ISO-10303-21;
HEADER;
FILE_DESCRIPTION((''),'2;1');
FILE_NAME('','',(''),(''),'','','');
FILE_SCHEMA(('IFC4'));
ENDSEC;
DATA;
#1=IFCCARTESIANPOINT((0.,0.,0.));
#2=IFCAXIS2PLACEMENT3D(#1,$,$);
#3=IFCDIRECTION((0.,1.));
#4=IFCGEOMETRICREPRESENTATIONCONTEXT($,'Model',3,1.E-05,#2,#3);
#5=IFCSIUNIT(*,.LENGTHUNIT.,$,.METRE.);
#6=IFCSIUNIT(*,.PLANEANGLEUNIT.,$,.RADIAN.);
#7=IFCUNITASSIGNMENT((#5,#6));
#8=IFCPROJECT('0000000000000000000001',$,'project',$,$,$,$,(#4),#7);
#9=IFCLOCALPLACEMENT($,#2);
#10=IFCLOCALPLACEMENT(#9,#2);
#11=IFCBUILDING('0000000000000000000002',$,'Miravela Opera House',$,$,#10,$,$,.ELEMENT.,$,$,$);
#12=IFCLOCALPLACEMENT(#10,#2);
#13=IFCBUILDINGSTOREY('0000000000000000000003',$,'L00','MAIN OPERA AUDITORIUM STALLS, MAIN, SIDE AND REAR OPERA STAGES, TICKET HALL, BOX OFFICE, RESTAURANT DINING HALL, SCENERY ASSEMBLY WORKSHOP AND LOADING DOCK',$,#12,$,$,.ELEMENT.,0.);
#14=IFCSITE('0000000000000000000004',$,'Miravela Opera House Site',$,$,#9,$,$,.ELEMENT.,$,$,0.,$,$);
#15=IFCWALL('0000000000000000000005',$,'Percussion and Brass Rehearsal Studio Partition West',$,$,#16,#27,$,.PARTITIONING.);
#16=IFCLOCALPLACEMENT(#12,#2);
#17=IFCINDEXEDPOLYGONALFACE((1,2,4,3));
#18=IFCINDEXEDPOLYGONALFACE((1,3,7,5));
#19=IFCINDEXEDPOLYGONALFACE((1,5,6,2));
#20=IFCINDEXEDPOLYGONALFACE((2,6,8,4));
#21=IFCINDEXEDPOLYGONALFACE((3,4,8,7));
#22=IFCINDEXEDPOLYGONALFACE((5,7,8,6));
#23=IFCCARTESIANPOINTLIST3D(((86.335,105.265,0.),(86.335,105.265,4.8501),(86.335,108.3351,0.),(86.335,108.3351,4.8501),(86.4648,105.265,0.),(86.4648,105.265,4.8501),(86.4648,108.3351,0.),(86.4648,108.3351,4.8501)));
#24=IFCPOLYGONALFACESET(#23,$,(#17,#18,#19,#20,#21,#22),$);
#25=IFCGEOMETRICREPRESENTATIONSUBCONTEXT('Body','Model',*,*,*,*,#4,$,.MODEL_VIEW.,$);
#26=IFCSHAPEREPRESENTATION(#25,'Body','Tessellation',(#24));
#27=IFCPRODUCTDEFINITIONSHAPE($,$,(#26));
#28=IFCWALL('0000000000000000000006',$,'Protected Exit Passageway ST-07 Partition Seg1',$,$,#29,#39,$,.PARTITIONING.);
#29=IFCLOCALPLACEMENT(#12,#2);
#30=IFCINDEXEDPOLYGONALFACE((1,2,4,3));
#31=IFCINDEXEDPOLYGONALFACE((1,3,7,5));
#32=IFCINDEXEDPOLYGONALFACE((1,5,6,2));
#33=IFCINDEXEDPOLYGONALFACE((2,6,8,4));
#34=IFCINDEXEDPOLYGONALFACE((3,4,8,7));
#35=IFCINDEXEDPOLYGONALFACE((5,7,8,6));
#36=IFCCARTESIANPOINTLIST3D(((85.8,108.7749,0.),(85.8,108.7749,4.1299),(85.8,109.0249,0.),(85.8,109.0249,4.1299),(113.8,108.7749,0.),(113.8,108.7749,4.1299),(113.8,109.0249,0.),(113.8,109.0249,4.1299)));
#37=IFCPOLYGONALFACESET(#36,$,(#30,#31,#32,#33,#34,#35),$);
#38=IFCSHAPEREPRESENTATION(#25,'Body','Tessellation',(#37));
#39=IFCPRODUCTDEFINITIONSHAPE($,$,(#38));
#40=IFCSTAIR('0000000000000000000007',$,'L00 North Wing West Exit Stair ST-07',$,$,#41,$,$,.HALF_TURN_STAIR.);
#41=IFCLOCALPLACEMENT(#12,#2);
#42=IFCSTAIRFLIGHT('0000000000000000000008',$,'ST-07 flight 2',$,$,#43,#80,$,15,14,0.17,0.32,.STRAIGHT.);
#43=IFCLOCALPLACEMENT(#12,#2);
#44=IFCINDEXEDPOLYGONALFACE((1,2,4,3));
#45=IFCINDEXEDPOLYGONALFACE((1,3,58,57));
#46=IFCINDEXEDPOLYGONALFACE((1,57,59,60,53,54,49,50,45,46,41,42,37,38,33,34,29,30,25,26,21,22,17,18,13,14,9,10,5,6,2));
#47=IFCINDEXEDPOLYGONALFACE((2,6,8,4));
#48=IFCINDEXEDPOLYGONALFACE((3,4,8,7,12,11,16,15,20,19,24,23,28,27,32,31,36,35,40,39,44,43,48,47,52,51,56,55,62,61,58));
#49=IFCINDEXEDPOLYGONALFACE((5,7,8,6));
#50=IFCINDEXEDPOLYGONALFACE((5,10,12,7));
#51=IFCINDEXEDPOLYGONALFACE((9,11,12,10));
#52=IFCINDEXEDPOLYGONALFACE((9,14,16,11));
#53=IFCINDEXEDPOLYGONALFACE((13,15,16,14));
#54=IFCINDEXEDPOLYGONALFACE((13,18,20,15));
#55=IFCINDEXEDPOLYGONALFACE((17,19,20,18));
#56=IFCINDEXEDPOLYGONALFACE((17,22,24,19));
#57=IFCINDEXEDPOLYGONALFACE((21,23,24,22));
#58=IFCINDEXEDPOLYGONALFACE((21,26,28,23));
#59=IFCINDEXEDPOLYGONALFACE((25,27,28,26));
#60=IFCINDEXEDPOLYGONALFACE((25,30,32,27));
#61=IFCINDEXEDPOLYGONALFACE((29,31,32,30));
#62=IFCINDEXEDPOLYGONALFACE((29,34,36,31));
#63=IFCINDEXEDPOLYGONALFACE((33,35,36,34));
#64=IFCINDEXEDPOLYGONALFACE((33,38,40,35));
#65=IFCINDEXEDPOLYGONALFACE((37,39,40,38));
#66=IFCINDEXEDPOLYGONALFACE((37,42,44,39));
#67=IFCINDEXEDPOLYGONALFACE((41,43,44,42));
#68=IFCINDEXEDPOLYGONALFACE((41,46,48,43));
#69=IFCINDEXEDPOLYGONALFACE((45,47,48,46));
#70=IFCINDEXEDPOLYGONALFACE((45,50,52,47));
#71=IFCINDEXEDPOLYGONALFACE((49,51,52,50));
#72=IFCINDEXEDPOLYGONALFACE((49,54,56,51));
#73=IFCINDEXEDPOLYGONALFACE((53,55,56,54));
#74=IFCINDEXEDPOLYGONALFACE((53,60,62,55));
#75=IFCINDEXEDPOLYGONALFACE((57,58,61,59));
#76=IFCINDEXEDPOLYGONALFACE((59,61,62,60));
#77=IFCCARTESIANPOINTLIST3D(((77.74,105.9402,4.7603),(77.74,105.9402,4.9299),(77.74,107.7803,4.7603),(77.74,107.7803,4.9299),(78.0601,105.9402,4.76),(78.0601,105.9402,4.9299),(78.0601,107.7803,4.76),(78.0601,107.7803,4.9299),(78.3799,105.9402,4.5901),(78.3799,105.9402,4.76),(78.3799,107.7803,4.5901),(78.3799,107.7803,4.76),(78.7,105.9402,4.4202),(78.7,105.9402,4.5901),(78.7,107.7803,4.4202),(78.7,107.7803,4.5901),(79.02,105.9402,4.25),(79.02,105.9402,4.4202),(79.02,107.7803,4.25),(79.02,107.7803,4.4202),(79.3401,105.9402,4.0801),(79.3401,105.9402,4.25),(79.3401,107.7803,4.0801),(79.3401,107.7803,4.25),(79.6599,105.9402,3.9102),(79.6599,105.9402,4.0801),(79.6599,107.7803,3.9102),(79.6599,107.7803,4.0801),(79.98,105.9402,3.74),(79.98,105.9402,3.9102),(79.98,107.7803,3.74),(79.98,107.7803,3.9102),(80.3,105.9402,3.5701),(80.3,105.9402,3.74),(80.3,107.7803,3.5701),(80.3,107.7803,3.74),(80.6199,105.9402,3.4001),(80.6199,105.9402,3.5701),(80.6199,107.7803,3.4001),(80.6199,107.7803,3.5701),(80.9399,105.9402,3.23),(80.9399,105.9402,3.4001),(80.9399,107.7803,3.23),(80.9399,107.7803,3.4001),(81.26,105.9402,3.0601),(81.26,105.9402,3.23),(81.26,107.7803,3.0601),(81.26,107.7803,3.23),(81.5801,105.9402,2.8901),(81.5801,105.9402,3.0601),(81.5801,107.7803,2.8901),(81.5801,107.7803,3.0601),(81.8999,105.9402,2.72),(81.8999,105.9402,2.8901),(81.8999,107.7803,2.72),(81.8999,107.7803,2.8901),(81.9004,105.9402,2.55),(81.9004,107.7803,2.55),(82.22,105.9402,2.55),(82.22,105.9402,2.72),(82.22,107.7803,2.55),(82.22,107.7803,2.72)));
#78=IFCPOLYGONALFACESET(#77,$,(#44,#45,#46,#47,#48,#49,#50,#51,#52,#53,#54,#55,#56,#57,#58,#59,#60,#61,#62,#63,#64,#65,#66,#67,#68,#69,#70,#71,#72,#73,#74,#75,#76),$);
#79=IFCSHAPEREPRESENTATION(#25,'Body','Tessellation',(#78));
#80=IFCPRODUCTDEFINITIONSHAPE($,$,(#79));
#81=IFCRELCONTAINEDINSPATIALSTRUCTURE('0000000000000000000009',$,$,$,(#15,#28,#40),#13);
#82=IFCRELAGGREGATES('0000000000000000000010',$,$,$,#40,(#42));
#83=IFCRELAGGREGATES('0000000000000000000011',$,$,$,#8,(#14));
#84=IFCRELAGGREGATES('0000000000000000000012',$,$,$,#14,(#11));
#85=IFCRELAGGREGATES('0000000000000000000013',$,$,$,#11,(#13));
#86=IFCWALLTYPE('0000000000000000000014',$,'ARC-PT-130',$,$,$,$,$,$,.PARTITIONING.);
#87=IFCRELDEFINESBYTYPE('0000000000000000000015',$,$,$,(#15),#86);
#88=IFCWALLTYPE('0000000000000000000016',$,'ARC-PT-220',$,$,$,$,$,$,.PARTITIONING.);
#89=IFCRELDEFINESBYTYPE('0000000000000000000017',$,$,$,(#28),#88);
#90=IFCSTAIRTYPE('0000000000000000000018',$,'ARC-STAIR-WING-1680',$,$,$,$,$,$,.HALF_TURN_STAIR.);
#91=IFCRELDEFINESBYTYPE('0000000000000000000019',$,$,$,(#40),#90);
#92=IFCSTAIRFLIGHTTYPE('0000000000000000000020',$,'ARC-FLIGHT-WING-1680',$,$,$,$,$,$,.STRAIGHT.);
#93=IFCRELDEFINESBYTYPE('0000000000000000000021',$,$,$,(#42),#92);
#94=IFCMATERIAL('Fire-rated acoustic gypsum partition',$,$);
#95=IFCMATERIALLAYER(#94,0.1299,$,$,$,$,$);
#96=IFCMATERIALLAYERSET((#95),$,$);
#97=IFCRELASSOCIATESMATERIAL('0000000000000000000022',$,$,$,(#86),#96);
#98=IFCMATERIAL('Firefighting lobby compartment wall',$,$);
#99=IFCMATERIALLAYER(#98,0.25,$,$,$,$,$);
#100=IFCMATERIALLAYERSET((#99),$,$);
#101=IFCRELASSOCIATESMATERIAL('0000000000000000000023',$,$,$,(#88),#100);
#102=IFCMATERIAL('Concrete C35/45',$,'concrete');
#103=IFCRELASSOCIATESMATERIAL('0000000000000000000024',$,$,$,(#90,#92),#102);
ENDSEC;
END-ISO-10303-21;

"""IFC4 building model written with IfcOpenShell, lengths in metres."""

from ifc_helpers import new_model, si_unit, direction, frame, frame_2d, origin, place, context, subcontext, project, spatial, polyline, rectangle, outline, extrude, material, layer, layer_set, type_object, element, aggregate, save


model = new_model("IFC4")

# Units and contexts
model_context = context("Model", 3, precision=1e-05, world=origin(), true_north=direction((0.0, 1.0)))
body_context = subcontext(model_context, "Body", "Model", "MODEL_VIEW")
ifc_project = project(units=[si_unit("LENGTHUNIT", "METRE"), si_unit("PLANEANGLEUNIT", "RADIAN")], contexts=[model_context])

# Site, building, storey
site_placement = place(None, origin())
site = spatial("IfcSite", under=ifc_project, at=site_placement, Name="Miravela Opera House Site", CompositionType="ELEMENT", RefElevation=0.0)
building_placement = place(site_placement, origin())
building = spatial("IfcBuilding", under=site, at=building_placement, Name="Miravela Opera House", CompositionType="ELEMENT")
storey_placement = place(building_placement, origin())
storey = spatial("IfcBuildingStorey", under=building, at=storey_placement, Name="L00", Description="MAIN OPERA AUDITORIUM STALLS, MAIN, SIDE AND REAR OPERA STAGES, TICKET HALL, BOX OFFICE, RESTAURANT DINING HALL, SCENERY ASSEMBLY WORKSHOP AND LOADING DOCK", CompositionType="ELEMENT", Elevation=0.0)

# Shared definitions
ifc_material_1 = material(Name="Concrete C35/45", Category="concrete")

# Shared definitions
ifc_material_2 = material(Name="Fire-rated acoustic gypsum partition")
ifc_layer_1 = layer(ifc_material_2, 0.1299)
ifc_layer_set_1 = layer_set([ifc_layer_1])
wall_type_1 = type_object("IfcWallType", Name="ARC-PT-130", PredefinedType="PARTITIONING", material=ifc_layer_set_1)

# Walls
wall_1_placement = place(storey_placement, frame((86.3999, 105.2649, 0.0), z_axis=(0.0, 0.0, 1.0), x_axis=(0.0, 1.0, 0.0)))
element("IfcWall", 1, at=wall_1_placement, inside=storey, type_object=wall_type_1, Name="Percussion and Brass Rehearsal Studio Partition West", PredefinedType="PARTITIONING", context=body_context, shape_type="SweptSolid", body=[
    extrude(rectangle(XDim=3.0701, YDim=0.1299, at=frame_2d((1.5352, 0.0))), origin(), (0.0, 0.0, 1.0), 4.8501),
])
ifc_material_3 = material(Name="Firefighting lobby compartment wall")
ifc_layer_2 = layer(ifc_material_3, 0.25)
ifc_layer_set_2 = layer_set([ifc_layer_2])
wall_type_2 = type_object("IfcWallType", Name="ARC-PT-220", PredefinedType="PARTITIONING", material=ifc_layer_set_2)
wall_2_placement = place(storey_placement, frame((85.8, 108.8999, 0.0), z_axis=(0.0, 0.0, 1.0), x_axis=(1.0, 0.0, 0.0)))
element("IfcWall", 2, at=wall_2_placement, inside=storey, type_object=wall_type_2, Name="Protected Exit Passageway ST-07 Partition Seg1", PredefinedType="PARTITIONING", context=body_context, shape_type="SweptSolid", body=[
    extrude(rectangle(XDim=28.0, YDim=0.25, at=frame_2d((14.0, 0.0))), origin(), (0.0, 0.0, 1.0), 4.1299),
])

# Stair, stair flight
stair_type = type_object("IfcStairType", Name="ARC-STAIR-WING-1680", PredefinedType="HALF_TURN_STAIR", material=ifc_material_1)
stair_placement = place(storey_placement, origin())
stair = element("IfcStair", 3, at=stair_placement, inside=storey, type_object=stair_type, Name="L00 North Wing West Exit Stair ST-07", PredefinedType="HALF_TURN_STAIR")
stair_flight_type = type_object("IfcStairFlightType", Name="ARC-FLIGHT-WING-1680", PredefinedType="STRAIGHT", material=ifc_material_1)
stair_flight_placement = place(storey_placement, frame((82.22, 106.8601, 2.55), z_axis=(0.0, 0.0, 1.0), x_axis=(-1.0, 0.0, 0.0)))
stair_flight = element("IfcStairFlight", 4, at=stair_flight_placement, type_object=stair_flight_type, Name="ST-07 flight 2", NumberOfRisers=15, NumberOfTreads=14, PredefinedType="STRAIGHT", RiserHeight=0.17, TreadLength=0.32, context=body_context, shape_type="SweptSolid", body=[
    extrude(outline(polyline([(0.0, 0.0), (0.0, 0.1699), (0.3201, 0.1699), (0.3201, 0.3401), (0.6399, 0.3401), (0.6399, 0.51), (0.96, 0.51), (0.96, 0.6799), (1.28, 0.6799), (1.28, 0.8501), (1.6001, 0.8501), (1.6001, 1.02), (1.9199, 1.02), (1.9199, 1.1899), (2.24, 1.1899), (2.24, 1.3601), (2.5601, 1.3601), (2.5601, 1.53), (2.8799, 1.53), (2.8799, 1.7), (3.2, 1.7), (3.2, 1.8701), (3.52, 1.8701), (3.52, 2.04), (3.8401, 2.04), (3.8401, 2.21), (4.1599, 2.21), (4.1599, 2.3799), (4.48, 2.3799), (4.48, 2.55), (4.48, 2.2102), (0.3196, 0.0), (0.0, 0.0)])), frame((0.0, 0.9199, 0.0), z_axis=(0.0, -1.0, 0.0), x_axis=(1.0, 0.0, 0.0)), (0.0, 0.0, 1.0), 1.8401),
])
aggregate(stair, [stair_flight])

save(model, "model.ifc")
